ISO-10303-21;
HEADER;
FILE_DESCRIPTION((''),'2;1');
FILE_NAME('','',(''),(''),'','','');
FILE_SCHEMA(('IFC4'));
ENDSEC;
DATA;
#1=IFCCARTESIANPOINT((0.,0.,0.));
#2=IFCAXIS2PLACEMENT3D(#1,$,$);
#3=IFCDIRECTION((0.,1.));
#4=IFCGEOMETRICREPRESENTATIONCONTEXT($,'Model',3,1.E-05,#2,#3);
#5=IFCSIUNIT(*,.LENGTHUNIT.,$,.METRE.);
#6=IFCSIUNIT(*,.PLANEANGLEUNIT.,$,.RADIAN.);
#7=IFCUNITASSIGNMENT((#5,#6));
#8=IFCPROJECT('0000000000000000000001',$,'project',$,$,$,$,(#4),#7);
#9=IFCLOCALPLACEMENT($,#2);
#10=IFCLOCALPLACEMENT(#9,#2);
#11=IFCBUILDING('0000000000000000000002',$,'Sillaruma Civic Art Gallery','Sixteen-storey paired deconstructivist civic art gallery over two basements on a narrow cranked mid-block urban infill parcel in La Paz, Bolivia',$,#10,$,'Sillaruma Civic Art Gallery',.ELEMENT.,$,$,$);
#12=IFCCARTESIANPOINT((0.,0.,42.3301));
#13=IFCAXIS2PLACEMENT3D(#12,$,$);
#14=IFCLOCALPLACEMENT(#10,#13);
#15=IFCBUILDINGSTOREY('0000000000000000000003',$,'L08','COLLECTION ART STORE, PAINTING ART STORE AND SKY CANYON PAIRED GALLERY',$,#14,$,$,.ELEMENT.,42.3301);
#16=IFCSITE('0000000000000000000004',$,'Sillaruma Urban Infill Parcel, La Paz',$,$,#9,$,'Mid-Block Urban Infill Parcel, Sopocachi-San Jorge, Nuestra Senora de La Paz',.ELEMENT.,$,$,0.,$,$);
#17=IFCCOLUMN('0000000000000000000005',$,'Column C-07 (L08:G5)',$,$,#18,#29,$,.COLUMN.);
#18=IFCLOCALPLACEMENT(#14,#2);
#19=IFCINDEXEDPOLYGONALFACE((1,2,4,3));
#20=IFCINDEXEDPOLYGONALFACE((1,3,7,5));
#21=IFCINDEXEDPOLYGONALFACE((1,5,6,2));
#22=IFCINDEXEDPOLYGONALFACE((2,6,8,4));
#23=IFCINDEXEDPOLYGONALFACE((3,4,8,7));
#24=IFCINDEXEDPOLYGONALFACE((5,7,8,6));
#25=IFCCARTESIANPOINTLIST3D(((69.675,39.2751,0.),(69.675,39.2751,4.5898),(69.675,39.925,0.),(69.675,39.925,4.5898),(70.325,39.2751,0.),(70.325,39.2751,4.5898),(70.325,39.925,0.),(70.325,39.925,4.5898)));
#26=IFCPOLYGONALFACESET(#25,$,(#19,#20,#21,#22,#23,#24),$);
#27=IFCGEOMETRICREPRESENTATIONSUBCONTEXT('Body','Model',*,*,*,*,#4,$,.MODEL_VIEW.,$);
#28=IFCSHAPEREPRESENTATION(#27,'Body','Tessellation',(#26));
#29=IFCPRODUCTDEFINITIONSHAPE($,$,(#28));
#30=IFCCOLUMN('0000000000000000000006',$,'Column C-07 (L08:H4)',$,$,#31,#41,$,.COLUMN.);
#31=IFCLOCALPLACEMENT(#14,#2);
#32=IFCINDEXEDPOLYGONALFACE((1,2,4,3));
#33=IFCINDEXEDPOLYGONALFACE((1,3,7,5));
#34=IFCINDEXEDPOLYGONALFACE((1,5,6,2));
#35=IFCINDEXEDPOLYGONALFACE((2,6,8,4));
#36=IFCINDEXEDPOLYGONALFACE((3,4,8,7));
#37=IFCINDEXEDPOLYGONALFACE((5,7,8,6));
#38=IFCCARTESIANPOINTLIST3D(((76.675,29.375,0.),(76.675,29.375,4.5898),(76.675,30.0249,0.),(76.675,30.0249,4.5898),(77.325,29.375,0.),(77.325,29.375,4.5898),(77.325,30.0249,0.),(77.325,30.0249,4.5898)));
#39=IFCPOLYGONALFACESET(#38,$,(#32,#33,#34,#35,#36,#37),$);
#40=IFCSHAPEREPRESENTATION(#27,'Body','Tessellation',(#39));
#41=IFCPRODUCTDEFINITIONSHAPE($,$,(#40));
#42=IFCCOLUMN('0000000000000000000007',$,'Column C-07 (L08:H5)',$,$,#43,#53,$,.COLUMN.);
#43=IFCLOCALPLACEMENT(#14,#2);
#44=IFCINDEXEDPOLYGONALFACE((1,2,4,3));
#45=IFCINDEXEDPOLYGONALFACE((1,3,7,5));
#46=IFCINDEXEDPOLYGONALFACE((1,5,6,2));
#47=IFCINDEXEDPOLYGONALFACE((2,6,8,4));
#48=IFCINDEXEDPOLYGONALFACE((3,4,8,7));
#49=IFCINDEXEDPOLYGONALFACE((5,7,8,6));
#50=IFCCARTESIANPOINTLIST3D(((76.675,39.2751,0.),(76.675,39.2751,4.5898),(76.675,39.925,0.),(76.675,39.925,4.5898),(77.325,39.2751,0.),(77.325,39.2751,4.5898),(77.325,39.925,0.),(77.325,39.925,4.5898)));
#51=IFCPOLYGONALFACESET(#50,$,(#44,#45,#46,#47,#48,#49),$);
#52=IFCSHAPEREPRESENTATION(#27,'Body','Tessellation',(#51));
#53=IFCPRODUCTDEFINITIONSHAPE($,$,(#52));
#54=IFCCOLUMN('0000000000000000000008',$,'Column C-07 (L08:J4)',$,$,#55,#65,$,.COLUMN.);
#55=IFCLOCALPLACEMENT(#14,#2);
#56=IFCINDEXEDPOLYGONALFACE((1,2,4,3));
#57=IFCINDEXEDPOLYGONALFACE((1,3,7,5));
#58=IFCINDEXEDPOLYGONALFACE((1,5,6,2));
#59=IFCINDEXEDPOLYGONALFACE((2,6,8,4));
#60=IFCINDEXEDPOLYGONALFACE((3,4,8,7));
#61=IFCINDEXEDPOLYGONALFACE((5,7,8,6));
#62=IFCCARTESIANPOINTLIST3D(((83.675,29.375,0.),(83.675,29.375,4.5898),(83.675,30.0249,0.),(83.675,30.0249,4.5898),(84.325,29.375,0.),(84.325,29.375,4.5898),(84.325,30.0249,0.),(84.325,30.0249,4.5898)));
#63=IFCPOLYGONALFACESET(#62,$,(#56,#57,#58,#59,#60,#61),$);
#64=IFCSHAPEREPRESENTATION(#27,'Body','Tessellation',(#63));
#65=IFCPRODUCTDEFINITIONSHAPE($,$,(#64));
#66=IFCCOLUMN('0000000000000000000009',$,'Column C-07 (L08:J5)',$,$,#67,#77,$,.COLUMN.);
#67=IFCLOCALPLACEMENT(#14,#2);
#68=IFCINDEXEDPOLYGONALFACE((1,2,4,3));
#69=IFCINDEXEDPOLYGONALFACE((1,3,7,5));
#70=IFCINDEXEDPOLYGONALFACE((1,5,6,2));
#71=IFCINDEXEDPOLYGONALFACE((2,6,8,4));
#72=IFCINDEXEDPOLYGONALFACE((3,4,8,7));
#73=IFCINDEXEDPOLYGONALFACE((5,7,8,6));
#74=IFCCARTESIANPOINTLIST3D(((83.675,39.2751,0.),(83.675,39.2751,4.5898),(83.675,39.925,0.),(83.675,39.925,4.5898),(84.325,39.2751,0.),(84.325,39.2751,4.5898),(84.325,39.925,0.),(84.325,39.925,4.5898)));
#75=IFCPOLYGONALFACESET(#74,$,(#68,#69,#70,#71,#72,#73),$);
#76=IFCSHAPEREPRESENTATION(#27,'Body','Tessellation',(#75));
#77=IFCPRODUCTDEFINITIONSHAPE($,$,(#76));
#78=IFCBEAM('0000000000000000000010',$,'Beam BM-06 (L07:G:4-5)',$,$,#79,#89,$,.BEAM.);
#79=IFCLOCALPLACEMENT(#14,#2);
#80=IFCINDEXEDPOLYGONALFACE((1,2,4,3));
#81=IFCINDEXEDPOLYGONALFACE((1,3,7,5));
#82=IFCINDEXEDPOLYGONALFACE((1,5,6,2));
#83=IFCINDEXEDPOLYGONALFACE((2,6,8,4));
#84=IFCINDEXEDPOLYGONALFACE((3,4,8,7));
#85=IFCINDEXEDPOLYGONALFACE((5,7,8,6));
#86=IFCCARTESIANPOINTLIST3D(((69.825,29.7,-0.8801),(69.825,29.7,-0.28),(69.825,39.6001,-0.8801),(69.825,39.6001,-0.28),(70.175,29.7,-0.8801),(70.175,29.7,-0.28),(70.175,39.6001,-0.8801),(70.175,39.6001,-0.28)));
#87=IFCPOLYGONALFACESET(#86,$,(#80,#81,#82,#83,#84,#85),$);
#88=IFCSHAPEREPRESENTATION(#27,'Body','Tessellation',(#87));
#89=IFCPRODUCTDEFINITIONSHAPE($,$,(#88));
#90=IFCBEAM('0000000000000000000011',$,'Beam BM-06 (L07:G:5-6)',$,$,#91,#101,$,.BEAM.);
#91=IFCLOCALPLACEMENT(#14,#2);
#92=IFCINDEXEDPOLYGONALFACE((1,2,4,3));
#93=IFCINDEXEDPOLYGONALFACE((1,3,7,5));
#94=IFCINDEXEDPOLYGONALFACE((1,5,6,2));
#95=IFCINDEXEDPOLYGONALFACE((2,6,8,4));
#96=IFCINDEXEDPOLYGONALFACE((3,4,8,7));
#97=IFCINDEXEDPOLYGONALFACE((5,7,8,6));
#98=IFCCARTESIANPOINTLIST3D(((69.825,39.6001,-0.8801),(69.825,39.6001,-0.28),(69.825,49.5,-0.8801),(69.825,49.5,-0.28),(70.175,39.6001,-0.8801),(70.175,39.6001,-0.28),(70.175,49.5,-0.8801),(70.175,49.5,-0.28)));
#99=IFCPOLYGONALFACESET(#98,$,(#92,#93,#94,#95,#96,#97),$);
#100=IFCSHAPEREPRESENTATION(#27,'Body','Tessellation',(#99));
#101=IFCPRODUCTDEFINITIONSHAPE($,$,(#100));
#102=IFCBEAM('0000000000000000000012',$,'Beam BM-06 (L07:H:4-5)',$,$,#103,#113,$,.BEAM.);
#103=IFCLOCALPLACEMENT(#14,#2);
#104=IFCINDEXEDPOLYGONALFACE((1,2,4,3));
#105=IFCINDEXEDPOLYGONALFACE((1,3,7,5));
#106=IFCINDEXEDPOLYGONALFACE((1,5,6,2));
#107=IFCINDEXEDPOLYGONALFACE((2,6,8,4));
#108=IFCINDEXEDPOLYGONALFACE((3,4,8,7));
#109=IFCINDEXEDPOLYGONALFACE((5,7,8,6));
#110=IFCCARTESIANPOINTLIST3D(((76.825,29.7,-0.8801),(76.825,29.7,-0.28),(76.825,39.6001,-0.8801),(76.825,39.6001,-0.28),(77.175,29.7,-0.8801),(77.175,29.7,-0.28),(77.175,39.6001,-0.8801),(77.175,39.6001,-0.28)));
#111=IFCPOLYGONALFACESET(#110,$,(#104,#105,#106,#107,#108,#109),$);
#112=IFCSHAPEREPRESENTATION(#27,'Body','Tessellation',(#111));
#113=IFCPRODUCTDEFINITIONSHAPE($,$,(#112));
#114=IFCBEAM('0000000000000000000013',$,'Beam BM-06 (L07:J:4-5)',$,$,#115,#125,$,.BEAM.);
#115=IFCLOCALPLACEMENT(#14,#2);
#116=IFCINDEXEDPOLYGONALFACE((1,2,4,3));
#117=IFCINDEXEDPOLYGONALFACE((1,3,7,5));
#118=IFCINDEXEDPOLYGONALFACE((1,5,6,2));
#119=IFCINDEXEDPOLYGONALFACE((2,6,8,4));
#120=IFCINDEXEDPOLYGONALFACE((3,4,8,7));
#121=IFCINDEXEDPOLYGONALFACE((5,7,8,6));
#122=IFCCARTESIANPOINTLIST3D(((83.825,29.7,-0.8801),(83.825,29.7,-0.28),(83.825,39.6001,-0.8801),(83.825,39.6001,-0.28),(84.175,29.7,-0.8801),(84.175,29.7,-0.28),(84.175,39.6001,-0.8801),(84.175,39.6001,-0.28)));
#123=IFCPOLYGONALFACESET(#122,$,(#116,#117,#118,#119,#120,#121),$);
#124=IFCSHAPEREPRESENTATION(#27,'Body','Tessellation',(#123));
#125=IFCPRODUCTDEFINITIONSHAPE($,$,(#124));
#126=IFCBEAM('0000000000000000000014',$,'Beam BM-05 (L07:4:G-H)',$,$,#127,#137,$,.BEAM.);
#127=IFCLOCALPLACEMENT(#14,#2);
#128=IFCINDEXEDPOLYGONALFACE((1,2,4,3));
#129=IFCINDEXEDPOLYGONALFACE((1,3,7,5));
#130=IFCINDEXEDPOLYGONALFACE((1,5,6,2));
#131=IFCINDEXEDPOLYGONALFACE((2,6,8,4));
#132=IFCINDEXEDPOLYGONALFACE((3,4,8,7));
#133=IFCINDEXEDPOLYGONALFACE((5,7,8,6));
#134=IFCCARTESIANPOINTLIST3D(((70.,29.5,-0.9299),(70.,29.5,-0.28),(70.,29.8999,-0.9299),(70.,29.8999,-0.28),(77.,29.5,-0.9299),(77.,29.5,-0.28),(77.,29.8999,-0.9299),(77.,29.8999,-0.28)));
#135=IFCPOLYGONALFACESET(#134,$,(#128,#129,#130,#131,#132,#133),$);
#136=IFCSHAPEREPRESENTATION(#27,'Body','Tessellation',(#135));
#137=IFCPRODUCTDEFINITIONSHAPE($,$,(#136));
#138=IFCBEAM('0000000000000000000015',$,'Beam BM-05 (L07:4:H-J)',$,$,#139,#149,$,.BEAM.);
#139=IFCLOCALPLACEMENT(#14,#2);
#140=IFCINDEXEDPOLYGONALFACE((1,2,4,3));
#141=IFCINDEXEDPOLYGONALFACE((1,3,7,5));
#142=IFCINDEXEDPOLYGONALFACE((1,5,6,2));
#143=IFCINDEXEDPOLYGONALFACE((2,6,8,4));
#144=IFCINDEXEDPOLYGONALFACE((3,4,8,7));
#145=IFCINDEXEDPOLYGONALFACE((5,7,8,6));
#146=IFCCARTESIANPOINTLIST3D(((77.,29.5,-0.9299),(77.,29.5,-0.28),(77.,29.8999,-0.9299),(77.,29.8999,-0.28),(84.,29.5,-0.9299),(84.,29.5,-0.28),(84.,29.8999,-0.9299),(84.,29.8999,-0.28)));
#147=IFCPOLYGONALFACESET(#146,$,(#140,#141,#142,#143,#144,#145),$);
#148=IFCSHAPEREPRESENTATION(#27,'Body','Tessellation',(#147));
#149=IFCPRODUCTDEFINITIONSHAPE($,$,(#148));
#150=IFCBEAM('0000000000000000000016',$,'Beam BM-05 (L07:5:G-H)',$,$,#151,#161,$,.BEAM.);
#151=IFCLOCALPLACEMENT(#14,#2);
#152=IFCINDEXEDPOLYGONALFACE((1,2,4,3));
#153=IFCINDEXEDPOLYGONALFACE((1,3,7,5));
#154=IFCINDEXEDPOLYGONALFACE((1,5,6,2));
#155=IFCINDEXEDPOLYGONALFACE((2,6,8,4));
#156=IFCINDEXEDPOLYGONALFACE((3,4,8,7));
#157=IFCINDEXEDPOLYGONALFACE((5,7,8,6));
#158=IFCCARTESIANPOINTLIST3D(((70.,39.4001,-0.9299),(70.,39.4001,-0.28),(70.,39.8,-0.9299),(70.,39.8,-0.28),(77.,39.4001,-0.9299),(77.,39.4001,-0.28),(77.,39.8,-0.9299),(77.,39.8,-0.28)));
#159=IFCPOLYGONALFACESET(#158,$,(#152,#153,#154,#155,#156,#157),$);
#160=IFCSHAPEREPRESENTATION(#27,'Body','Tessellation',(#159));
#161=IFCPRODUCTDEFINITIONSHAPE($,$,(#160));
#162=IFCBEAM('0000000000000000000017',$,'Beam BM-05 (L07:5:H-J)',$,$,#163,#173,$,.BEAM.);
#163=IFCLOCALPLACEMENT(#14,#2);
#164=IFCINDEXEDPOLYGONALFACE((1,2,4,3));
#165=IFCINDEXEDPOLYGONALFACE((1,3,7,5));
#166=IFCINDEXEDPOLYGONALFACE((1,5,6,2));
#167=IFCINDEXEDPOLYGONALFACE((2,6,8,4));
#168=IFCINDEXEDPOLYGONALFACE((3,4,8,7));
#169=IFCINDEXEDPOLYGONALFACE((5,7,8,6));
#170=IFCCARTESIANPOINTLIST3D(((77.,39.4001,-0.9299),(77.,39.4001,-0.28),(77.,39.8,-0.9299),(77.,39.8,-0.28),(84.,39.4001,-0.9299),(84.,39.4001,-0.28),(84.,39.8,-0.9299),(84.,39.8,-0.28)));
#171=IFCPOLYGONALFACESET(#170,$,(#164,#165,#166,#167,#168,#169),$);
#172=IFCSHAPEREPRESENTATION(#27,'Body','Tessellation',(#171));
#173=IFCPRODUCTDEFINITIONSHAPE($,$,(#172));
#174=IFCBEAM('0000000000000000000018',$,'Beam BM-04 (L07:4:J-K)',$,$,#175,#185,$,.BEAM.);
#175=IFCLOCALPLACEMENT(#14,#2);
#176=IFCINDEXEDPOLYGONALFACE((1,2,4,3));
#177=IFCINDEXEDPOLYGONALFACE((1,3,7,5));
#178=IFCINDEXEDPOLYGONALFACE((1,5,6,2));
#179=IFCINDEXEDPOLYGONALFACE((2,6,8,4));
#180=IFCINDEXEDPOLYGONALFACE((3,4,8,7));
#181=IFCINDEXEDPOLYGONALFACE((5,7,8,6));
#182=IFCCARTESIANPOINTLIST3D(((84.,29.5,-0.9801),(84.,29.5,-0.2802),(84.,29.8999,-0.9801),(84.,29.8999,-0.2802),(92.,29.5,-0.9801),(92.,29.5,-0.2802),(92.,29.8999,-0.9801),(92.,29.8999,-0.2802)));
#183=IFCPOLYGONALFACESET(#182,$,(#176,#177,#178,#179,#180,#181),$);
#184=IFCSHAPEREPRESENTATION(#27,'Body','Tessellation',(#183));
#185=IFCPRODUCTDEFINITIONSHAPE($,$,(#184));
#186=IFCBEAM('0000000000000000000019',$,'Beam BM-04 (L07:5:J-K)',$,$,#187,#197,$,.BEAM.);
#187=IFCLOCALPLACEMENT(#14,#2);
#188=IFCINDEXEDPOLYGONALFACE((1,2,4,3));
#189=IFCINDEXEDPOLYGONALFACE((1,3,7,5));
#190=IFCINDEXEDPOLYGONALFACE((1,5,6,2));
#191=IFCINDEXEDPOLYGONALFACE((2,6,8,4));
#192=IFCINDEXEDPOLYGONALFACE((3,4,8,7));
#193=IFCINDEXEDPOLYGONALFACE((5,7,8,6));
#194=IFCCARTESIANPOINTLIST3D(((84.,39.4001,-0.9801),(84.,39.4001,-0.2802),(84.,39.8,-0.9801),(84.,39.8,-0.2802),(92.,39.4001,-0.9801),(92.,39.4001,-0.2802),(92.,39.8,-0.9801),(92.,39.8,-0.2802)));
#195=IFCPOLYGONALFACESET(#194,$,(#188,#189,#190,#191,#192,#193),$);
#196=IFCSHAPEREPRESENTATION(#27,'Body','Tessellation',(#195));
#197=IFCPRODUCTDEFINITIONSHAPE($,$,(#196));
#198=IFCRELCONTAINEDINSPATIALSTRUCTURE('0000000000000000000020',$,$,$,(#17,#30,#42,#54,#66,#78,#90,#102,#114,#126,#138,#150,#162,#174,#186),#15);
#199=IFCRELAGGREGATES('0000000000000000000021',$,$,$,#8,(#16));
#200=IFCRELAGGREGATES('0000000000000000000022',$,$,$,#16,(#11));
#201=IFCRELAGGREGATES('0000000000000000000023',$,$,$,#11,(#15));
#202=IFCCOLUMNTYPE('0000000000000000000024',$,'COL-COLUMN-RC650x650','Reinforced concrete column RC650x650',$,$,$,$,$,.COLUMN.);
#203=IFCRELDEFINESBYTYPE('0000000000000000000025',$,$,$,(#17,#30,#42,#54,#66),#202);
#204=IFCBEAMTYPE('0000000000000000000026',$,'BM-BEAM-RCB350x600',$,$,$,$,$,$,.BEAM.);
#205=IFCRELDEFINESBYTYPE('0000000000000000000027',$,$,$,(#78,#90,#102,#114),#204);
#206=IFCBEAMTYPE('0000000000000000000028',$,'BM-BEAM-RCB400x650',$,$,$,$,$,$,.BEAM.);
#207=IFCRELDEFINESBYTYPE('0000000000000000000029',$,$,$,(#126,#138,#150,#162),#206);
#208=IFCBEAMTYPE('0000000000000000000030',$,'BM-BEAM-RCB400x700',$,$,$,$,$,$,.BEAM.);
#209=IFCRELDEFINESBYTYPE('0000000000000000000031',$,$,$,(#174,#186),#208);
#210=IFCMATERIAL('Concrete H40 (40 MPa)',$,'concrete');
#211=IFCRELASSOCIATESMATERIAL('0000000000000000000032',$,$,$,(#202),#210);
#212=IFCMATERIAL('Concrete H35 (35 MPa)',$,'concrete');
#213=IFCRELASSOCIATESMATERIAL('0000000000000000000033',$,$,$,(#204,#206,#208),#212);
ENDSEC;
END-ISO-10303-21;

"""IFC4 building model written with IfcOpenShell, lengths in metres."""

from ifc_helpers import new_model, si_unit, direction, frame, origin, origin_2d, place, context, subcontext, project, spatial, rectangle, extrude, material, material_profile, profile_set, type_object, element, save


model = new_model("IFC4")

# Units and contexts
model_context = context("Model", 3, precision=1e-05, world=origin(), true_north=direction((0.0, 1.0)))
body_context = subcontext(model_context, "Body", "Model", "MODEL_VIEW")
ifc_project = project(units=[si_unit("LENGTHUNIT", "METRE"), si_unit("PLANEANGLEUNIT", "RADIAN")], contexts=[model_context])

# Site, building, storey
site_placement = place(None, origin())
site = spatial("IfcSite", under=ifc_project, at=site_placement, Name="Sillaruma Urban Infill Parcel, La Paz", LongName="Mid-Block Urban Infill Parcel, Sopocachi-San Jorge, Nuestra Senora de La Paz", CompositionType="ELEMENT", RefElevation=0.0)
building_placement = place(site_placement, origin())
building = spatial("IfcBuilding", under=site, at=building_placement, Name="Sillaruma Civic Art Gallery", Description="Sixteen-storey paired deconstructivist civic art gallery over two basements on a narrow cranked mid-block urban infill parcel in La Paz, Bolivia", LongName="Sillaruma Civic Art Gallery", CompositionType="ELEMENT")
storey_placement = place(building_placement, frame((0.0, 0.0, 42.3301)))
storey = spatial("IfcBuildingStorey", under=building, at=storey_placement, Name="L08", Description="COLLECTION ART STORE, PAINTING ART STORE AND SKY CANYON PAIRED GALLERY", CompositionType="ELEMENT", Elevation=42.3301)

# Columns
ifc_material_1 = material(Name="Concrete H40 (40 MPa)", Category="concrete")
ifc_material_profile_1 = material_profile(ifc_material_1, rectangle(XDim=0.6499, YDim=0.6499, at=origin_2d()), Name="RC650x650")
ifc_profile_set_1 = profile_set([ifc_material_profile_1], Name="Concrete H40 (40 MPa)")
column_type = type_object("IfcColumnType", Name="COL-COLUMN-RC650x650", Description="Reinforced concrete column RC650x650", PredefinedType="COLUMN", material=ifc_profile_set_1)
for number, where, z_axis, x_axis, name in (
    (1, (70.0, 39.6001, 0.0), (0.0, 0.0, 1.0), (1.0, 0.0, 0.0), "Column C-07 (L08:G5)"),
    (2, (77.0, 29.7, 0.0), (0.0, 0.0, 1.0), (1.0, 0.0, 0.0), "Column C-07 (L08:H4)"),
    (3, (77.0, 39.6001, 0.0), (0.0, 0.0, 1.0), (1.0, 0.0, 0.0), "Column C-07 (L08:H5)"),
    (4, (84.0, 29.7, 0.0), (0.0, 0.0, 1.0), (1.0, 0.0, 0.0), "Column C-07 (L08:J4)"),
    (5, (84.0, 39.6001, 0.0), (0.0, 0.0, 1.0), (1.0, 0.0, 0.0), "Column C-07 (L08:J5)"),
):
    element("IfcColumn", number, at=place(storey_placement, frame(where, z_axis=z_axis, x_axis=x_axis)), inside=storey, type_object=column_type, Name=name, PredefinedType="COLUMN", context=body_context, shape_type="SweptSolid", body=[
        extrude(rectangle(XDim=0.6499, YDim=0.6499, at=origin_2d()), origin(), (0.0, 0.0, 1.0), 4.5898),
    ])

# Beams
ifc_material_2 = material(Name="Concrete H35 (35 MPa)", Category="concrete")
ifc_material_profile_2 = material_profile(ifc_material_2, rectangle(XDim=0.3501, YDim=0.6001, at=origin_2d()), Name="RCB350x600")
ifc_profile_set_2 = profile_set([ifc_material_profile_2], Name="Concrete H35 (35 MPa)")
beam_type_1 = type_object("IfcBeamType", Name="BM-BEAM-RCB350x600", PredefinedType="BEAM", material=ifc_profile_set_2)
beam_1_placement = place(storey_placement, frame((70.0, 29.7, -0.5801), z_axis=(0.0, 1.0, 0.0), x_axis=(-1.0, 0.0, 0.0)))
element("IfcBeam", 6, at=beam_1_placement, inside=storey, type_object=beam_type_1, Name="Beam BM-06 (L07:G:4-5)", PredefinedType="BEAM", context=body_context, shape_type="SweptSolid", body=[
    extrude(rectangle(XDim=0.3501, YDim=0.6001, at=origin_2d()), origin(), (0.0, 0.0, 1.0), 9.9001),
])
beam_2_placement = place(storey_placement, frame((70.0, 39.6001, -0.5801), z_axis=(0.0, 1.0, 0.0), x_axis=(-1.0, 0.0, 0.0)))
element("IfcBeam", 7, at=beam_2_placement, inside=storey, type_object=beam_type_1, Name="Beam BM-06 (L07:G:5-6)", PredefinedType="BEAM", context=body_context, shape_type="SweptSolid", body=[
    extrude(rectangle(XDim=0.3501, YDim=0.6001, at=origin_2d()), origin(), (0.0, 0.0, 1.0), 9.8999),
])
for number, where, z_axis, x_axis, name in (
    (8, (77.0, 29.7, -0.5801), (0.0, 1.0, 0.0), (-1.0, 0.0, 0.0), "Beam BM-06 (L07:H:4-5)"),
    (9, (84.0, 29.7, -0.5801), (0.0, 1.0, 0.0), (-1.0, 0.0, 0.0), "Beam BM-06 (L07:J:4-5)"),
):
    element("IfcBeam", number, at=place(storey_placement, frame(where, z_axis=z_axis, x_axis=x_axis)), inside=storey, type_object=beam_type_1, Name=name, PredefinedType="BEAM", context=body_context, shape_type="SweptSolid", body=[
        extrude(rectangle(XDim=0.3501, YDim=0.6001, at=origin_2d()), origin(), (0.0, 0.0, 1.0), 9.9001),
    ])
ifc_material_profile_3 = material_profile(ifc_material_2, rectangle(XDim=0.3999, YDim=0.6499, at=origin_2d()), Name="RCB400x650")
ifc_profile_set_3 = profile_set([ifc_material_profile_3], Name="Concrete H35 (35 MPa)")
beam_type_2 = type_object("IfcBeamType", Name="BM-BEAM-RCB400x650", PredefinedType="BEAM", material=ifc_profile_set_3)
for number, where, z_axis, x_axis, name in (
    (10, (70.0, 29.7, -0.605), (1.0, 0.0, 0.0), (0.0, 1.0, 0.0), "Beam BM-05 (L07:4:G-H)"),
    (11, (77.0, 29.7, -0.605), (1.0, 0.0, 0.0), (0.0, 1.0, 0.0), "Beam BM-05 (L07:4:H-J)"),
    (12, (70.0, 39.6001, -0.605), (1.0, 0.0, 0.0), (0.0, 1.0, 0.0), "Beam BM-05 (L07:5:G-H)"),
    (13, (77.0, 39.6001, -0.605), (1.0, 0.0, 0.0), (0.0, 1.0, 0.0), "Beam BM-05 (L07:5:H-J)"),
):
    element("IfcBeam", number, at=place(storey_placement, frame(where, z_axis=z_axis, x_axis=x_axis)), inside=storey, type_object=beam_type_2, Name=name, PredefinedType="BEAM", context=body_context, shape_type="SweptSolid", body=[
        extrude(rectangle(XDim=0.3999, YDim=0.6499, at=origin_2d()), origin(), (0.0, 0.0, 1.0), 7.0),
    ])
ifc_material_profile_4 = material_profile(ifc_material_2, rectangle(XDim=0.3999, YDim=0.7, at=origin_2d()), Name="RCB400x700")
ifc_profile_set_4 = profile_set([ifc_material_profile_4], Name="Concrete H35 (35 MPa)")
beam_type_3 = type_object("IfcBeamType", Name="BM-BEAM-RCB400x700", PredefinedType="BEAM", material=ifc_profile_set_4)
for number, where, z_axis, x_axis, name in (
    (14, (84.0, 29.7, -0.6301), (1.0, 0.0, 0.0), (0.0, 1.0, 0.0), "Beam BM-04 (L07:4:J-K)"),
    (15, (84.0, 39.6001, -0.6301), (1.0, 0.0, 0.0), (0.0, 1.0, 0.0), "Beam BM-04 (L07:5:J-K)"),
):
    element("IfcBeam", number, at=place(storey_placement, frame(where, z_axis=z_axis, x_axis=x_axis)), inside=storey, type_object=beam_type_3, Name=name, PredefinedType="BEAM", context=body_context, shape_type="SweptSolid", body=[
        extrude(rectangle(XDim=0.3999, YDim=0.7, at=origin_2d()), origin(), (0.0, 0.0, 1.0), 8.0),
    ])

save(model, "model.ifc")
